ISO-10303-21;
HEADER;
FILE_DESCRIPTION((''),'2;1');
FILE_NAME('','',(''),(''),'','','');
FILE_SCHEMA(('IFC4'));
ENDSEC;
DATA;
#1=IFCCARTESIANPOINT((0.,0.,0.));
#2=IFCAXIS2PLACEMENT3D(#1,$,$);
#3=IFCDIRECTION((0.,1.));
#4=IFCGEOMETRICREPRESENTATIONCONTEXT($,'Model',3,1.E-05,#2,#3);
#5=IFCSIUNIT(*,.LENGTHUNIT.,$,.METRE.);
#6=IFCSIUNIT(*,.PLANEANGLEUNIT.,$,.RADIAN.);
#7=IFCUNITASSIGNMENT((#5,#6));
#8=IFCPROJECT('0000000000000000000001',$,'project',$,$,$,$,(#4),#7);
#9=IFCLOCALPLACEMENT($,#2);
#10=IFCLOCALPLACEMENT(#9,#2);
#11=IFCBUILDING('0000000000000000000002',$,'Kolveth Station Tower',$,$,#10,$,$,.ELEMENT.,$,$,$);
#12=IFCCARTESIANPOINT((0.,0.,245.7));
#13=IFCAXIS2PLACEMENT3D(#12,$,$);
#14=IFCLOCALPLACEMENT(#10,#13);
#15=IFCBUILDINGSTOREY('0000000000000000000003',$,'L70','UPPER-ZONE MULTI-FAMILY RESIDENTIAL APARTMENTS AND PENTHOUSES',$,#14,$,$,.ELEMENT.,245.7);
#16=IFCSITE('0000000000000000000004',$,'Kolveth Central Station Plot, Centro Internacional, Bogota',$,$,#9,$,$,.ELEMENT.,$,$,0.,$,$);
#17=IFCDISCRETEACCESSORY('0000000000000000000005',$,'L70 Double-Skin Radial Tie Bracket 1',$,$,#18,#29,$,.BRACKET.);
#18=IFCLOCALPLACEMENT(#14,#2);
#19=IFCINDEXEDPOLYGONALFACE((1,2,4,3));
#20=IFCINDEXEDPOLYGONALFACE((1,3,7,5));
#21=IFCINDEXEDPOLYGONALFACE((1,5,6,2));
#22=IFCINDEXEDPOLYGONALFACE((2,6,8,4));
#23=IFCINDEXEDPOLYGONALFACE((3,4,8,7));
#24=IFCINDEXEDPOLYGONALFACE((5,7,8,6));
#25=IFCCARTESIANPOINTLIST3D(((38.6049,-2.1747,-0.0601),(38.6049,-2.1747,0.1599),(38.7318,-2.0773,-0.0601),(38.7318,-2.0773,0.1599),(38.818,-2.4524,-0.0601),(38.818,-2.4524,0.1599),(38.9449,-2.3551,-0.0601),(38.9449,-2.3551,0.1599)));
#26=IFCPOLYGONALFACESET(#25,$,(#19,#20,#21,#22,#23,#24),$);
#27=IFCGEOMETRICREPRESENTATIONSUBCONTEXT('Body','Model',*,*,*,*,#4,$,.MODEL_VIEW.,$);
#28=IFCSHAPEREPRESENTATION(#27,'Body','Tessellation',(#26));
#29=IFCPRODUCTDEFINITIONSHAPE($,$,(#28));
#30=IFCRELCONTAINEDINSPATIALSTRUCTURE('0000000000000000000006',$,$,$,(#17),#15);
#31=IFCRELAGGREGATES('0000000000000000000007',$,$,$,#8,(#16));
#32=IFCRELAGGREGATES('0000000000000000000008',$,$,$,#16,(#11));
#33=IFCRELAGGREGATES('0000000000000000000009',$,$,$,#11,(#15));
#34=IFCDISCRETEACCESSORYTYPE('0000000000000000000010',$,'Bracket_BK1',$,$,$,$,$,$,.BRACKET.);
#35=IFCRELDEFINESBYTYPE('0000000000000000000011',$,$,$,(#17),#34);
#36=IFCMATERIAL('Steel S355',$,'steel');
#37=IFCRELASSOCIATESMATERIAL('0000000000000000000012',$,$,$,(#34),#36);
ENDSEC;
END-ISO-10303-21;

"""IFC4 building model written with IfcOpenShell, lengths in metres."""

from ifc_helpers import new_model, si_unit, direction, frame, origin, origin_2d, place, context, subcontext, project, spatial, rectangle, extrude, source, transform, mapped, material, type_object, element, save


model = new_model("IFC4")

# Units and contexts
model_context = context("Model", 3, precision=1e-05, world=origin(), true_north=direction((0.0, 1.0)))
body_context = subcontext(model_context, "Body", "Model", "MODEL_VIEW")
ifc_project = project(units=[si_unit("LENGTHUNIT", "METRE"), si_unit("PLANEANGLEUNIT", "RADIAN")], contexts=[model_context])

# Site, building, storey
site_placement = place(None, origin())
site = spatial("IfcSite", under=ifc_project, at=site_placement, Name="Kolveth Central Station Plot, Centro Internacional, Bogota", CompositionType="ELEMENT", RefElevation=0.0)
building_placement = place(site_placement, origin())
building = spatial("IfcBuilding", under=site, at=building_placement, Name="Kolveth Station Tower", CompositionType="ELEMENT")
storey_placement = place(building_placement, frame((0.0, 0.0, 245.7)))
storey = spatial("IfcBuildingStorey", under=building, at=storey_placement, Name="L70", Description="UPPER-ZONE MULTI-FAMILY RESIDENTIAL APARTMENTS AND PENTHOUSES", CompositionType="ELEMENT", Elevation=245.7)

# Shared definitions
ifc_material_1 = material(Name="Steel S355", Category="steel")

# Discrete accessory
discrete_accessory_type = type_object("IfcDiscreteAccessoryType", Name="Bracket_BK1", PredefinedType="BRACKET", material=ifc_material_1)
shared_shape_1 = source(origin(), body_context, "Body", "SweptSolid", [
    extrude(rectangle(XDim=0.3501, YDim=0.1599, at=origin_2d()), origin(), (0.0, 0.0, 1.0), 0.22),
])
discrete_accessory_placement = place(storey_placement, frame((38.7749, -2.2649, -0.0601), z_axis=(0.0, 0.0, 1.0), x_axis=(0.608623, -0.79346, 0.0)))
element("IfcDiscreteAccessory", 1, at=discrete_accessory_placement, inside=storey, type_object=discrete_accessory_type, Name="L70 Double-Skin Radial Tie Bracket 1", PredefinedType="BRACKET", context=body_context, shape_type="MappedRepresentation", body=[
    mapped(shared_shape_1, transform((0.0, 0.0, 0.0), x_axis=(1.0, 0.0, 0.0), y_axis=(0.0, 1.0, 0.0), z_axis=(0.0, 0.0, 1.0), scale=1.0)),
])

save(model, "model.ifc")
